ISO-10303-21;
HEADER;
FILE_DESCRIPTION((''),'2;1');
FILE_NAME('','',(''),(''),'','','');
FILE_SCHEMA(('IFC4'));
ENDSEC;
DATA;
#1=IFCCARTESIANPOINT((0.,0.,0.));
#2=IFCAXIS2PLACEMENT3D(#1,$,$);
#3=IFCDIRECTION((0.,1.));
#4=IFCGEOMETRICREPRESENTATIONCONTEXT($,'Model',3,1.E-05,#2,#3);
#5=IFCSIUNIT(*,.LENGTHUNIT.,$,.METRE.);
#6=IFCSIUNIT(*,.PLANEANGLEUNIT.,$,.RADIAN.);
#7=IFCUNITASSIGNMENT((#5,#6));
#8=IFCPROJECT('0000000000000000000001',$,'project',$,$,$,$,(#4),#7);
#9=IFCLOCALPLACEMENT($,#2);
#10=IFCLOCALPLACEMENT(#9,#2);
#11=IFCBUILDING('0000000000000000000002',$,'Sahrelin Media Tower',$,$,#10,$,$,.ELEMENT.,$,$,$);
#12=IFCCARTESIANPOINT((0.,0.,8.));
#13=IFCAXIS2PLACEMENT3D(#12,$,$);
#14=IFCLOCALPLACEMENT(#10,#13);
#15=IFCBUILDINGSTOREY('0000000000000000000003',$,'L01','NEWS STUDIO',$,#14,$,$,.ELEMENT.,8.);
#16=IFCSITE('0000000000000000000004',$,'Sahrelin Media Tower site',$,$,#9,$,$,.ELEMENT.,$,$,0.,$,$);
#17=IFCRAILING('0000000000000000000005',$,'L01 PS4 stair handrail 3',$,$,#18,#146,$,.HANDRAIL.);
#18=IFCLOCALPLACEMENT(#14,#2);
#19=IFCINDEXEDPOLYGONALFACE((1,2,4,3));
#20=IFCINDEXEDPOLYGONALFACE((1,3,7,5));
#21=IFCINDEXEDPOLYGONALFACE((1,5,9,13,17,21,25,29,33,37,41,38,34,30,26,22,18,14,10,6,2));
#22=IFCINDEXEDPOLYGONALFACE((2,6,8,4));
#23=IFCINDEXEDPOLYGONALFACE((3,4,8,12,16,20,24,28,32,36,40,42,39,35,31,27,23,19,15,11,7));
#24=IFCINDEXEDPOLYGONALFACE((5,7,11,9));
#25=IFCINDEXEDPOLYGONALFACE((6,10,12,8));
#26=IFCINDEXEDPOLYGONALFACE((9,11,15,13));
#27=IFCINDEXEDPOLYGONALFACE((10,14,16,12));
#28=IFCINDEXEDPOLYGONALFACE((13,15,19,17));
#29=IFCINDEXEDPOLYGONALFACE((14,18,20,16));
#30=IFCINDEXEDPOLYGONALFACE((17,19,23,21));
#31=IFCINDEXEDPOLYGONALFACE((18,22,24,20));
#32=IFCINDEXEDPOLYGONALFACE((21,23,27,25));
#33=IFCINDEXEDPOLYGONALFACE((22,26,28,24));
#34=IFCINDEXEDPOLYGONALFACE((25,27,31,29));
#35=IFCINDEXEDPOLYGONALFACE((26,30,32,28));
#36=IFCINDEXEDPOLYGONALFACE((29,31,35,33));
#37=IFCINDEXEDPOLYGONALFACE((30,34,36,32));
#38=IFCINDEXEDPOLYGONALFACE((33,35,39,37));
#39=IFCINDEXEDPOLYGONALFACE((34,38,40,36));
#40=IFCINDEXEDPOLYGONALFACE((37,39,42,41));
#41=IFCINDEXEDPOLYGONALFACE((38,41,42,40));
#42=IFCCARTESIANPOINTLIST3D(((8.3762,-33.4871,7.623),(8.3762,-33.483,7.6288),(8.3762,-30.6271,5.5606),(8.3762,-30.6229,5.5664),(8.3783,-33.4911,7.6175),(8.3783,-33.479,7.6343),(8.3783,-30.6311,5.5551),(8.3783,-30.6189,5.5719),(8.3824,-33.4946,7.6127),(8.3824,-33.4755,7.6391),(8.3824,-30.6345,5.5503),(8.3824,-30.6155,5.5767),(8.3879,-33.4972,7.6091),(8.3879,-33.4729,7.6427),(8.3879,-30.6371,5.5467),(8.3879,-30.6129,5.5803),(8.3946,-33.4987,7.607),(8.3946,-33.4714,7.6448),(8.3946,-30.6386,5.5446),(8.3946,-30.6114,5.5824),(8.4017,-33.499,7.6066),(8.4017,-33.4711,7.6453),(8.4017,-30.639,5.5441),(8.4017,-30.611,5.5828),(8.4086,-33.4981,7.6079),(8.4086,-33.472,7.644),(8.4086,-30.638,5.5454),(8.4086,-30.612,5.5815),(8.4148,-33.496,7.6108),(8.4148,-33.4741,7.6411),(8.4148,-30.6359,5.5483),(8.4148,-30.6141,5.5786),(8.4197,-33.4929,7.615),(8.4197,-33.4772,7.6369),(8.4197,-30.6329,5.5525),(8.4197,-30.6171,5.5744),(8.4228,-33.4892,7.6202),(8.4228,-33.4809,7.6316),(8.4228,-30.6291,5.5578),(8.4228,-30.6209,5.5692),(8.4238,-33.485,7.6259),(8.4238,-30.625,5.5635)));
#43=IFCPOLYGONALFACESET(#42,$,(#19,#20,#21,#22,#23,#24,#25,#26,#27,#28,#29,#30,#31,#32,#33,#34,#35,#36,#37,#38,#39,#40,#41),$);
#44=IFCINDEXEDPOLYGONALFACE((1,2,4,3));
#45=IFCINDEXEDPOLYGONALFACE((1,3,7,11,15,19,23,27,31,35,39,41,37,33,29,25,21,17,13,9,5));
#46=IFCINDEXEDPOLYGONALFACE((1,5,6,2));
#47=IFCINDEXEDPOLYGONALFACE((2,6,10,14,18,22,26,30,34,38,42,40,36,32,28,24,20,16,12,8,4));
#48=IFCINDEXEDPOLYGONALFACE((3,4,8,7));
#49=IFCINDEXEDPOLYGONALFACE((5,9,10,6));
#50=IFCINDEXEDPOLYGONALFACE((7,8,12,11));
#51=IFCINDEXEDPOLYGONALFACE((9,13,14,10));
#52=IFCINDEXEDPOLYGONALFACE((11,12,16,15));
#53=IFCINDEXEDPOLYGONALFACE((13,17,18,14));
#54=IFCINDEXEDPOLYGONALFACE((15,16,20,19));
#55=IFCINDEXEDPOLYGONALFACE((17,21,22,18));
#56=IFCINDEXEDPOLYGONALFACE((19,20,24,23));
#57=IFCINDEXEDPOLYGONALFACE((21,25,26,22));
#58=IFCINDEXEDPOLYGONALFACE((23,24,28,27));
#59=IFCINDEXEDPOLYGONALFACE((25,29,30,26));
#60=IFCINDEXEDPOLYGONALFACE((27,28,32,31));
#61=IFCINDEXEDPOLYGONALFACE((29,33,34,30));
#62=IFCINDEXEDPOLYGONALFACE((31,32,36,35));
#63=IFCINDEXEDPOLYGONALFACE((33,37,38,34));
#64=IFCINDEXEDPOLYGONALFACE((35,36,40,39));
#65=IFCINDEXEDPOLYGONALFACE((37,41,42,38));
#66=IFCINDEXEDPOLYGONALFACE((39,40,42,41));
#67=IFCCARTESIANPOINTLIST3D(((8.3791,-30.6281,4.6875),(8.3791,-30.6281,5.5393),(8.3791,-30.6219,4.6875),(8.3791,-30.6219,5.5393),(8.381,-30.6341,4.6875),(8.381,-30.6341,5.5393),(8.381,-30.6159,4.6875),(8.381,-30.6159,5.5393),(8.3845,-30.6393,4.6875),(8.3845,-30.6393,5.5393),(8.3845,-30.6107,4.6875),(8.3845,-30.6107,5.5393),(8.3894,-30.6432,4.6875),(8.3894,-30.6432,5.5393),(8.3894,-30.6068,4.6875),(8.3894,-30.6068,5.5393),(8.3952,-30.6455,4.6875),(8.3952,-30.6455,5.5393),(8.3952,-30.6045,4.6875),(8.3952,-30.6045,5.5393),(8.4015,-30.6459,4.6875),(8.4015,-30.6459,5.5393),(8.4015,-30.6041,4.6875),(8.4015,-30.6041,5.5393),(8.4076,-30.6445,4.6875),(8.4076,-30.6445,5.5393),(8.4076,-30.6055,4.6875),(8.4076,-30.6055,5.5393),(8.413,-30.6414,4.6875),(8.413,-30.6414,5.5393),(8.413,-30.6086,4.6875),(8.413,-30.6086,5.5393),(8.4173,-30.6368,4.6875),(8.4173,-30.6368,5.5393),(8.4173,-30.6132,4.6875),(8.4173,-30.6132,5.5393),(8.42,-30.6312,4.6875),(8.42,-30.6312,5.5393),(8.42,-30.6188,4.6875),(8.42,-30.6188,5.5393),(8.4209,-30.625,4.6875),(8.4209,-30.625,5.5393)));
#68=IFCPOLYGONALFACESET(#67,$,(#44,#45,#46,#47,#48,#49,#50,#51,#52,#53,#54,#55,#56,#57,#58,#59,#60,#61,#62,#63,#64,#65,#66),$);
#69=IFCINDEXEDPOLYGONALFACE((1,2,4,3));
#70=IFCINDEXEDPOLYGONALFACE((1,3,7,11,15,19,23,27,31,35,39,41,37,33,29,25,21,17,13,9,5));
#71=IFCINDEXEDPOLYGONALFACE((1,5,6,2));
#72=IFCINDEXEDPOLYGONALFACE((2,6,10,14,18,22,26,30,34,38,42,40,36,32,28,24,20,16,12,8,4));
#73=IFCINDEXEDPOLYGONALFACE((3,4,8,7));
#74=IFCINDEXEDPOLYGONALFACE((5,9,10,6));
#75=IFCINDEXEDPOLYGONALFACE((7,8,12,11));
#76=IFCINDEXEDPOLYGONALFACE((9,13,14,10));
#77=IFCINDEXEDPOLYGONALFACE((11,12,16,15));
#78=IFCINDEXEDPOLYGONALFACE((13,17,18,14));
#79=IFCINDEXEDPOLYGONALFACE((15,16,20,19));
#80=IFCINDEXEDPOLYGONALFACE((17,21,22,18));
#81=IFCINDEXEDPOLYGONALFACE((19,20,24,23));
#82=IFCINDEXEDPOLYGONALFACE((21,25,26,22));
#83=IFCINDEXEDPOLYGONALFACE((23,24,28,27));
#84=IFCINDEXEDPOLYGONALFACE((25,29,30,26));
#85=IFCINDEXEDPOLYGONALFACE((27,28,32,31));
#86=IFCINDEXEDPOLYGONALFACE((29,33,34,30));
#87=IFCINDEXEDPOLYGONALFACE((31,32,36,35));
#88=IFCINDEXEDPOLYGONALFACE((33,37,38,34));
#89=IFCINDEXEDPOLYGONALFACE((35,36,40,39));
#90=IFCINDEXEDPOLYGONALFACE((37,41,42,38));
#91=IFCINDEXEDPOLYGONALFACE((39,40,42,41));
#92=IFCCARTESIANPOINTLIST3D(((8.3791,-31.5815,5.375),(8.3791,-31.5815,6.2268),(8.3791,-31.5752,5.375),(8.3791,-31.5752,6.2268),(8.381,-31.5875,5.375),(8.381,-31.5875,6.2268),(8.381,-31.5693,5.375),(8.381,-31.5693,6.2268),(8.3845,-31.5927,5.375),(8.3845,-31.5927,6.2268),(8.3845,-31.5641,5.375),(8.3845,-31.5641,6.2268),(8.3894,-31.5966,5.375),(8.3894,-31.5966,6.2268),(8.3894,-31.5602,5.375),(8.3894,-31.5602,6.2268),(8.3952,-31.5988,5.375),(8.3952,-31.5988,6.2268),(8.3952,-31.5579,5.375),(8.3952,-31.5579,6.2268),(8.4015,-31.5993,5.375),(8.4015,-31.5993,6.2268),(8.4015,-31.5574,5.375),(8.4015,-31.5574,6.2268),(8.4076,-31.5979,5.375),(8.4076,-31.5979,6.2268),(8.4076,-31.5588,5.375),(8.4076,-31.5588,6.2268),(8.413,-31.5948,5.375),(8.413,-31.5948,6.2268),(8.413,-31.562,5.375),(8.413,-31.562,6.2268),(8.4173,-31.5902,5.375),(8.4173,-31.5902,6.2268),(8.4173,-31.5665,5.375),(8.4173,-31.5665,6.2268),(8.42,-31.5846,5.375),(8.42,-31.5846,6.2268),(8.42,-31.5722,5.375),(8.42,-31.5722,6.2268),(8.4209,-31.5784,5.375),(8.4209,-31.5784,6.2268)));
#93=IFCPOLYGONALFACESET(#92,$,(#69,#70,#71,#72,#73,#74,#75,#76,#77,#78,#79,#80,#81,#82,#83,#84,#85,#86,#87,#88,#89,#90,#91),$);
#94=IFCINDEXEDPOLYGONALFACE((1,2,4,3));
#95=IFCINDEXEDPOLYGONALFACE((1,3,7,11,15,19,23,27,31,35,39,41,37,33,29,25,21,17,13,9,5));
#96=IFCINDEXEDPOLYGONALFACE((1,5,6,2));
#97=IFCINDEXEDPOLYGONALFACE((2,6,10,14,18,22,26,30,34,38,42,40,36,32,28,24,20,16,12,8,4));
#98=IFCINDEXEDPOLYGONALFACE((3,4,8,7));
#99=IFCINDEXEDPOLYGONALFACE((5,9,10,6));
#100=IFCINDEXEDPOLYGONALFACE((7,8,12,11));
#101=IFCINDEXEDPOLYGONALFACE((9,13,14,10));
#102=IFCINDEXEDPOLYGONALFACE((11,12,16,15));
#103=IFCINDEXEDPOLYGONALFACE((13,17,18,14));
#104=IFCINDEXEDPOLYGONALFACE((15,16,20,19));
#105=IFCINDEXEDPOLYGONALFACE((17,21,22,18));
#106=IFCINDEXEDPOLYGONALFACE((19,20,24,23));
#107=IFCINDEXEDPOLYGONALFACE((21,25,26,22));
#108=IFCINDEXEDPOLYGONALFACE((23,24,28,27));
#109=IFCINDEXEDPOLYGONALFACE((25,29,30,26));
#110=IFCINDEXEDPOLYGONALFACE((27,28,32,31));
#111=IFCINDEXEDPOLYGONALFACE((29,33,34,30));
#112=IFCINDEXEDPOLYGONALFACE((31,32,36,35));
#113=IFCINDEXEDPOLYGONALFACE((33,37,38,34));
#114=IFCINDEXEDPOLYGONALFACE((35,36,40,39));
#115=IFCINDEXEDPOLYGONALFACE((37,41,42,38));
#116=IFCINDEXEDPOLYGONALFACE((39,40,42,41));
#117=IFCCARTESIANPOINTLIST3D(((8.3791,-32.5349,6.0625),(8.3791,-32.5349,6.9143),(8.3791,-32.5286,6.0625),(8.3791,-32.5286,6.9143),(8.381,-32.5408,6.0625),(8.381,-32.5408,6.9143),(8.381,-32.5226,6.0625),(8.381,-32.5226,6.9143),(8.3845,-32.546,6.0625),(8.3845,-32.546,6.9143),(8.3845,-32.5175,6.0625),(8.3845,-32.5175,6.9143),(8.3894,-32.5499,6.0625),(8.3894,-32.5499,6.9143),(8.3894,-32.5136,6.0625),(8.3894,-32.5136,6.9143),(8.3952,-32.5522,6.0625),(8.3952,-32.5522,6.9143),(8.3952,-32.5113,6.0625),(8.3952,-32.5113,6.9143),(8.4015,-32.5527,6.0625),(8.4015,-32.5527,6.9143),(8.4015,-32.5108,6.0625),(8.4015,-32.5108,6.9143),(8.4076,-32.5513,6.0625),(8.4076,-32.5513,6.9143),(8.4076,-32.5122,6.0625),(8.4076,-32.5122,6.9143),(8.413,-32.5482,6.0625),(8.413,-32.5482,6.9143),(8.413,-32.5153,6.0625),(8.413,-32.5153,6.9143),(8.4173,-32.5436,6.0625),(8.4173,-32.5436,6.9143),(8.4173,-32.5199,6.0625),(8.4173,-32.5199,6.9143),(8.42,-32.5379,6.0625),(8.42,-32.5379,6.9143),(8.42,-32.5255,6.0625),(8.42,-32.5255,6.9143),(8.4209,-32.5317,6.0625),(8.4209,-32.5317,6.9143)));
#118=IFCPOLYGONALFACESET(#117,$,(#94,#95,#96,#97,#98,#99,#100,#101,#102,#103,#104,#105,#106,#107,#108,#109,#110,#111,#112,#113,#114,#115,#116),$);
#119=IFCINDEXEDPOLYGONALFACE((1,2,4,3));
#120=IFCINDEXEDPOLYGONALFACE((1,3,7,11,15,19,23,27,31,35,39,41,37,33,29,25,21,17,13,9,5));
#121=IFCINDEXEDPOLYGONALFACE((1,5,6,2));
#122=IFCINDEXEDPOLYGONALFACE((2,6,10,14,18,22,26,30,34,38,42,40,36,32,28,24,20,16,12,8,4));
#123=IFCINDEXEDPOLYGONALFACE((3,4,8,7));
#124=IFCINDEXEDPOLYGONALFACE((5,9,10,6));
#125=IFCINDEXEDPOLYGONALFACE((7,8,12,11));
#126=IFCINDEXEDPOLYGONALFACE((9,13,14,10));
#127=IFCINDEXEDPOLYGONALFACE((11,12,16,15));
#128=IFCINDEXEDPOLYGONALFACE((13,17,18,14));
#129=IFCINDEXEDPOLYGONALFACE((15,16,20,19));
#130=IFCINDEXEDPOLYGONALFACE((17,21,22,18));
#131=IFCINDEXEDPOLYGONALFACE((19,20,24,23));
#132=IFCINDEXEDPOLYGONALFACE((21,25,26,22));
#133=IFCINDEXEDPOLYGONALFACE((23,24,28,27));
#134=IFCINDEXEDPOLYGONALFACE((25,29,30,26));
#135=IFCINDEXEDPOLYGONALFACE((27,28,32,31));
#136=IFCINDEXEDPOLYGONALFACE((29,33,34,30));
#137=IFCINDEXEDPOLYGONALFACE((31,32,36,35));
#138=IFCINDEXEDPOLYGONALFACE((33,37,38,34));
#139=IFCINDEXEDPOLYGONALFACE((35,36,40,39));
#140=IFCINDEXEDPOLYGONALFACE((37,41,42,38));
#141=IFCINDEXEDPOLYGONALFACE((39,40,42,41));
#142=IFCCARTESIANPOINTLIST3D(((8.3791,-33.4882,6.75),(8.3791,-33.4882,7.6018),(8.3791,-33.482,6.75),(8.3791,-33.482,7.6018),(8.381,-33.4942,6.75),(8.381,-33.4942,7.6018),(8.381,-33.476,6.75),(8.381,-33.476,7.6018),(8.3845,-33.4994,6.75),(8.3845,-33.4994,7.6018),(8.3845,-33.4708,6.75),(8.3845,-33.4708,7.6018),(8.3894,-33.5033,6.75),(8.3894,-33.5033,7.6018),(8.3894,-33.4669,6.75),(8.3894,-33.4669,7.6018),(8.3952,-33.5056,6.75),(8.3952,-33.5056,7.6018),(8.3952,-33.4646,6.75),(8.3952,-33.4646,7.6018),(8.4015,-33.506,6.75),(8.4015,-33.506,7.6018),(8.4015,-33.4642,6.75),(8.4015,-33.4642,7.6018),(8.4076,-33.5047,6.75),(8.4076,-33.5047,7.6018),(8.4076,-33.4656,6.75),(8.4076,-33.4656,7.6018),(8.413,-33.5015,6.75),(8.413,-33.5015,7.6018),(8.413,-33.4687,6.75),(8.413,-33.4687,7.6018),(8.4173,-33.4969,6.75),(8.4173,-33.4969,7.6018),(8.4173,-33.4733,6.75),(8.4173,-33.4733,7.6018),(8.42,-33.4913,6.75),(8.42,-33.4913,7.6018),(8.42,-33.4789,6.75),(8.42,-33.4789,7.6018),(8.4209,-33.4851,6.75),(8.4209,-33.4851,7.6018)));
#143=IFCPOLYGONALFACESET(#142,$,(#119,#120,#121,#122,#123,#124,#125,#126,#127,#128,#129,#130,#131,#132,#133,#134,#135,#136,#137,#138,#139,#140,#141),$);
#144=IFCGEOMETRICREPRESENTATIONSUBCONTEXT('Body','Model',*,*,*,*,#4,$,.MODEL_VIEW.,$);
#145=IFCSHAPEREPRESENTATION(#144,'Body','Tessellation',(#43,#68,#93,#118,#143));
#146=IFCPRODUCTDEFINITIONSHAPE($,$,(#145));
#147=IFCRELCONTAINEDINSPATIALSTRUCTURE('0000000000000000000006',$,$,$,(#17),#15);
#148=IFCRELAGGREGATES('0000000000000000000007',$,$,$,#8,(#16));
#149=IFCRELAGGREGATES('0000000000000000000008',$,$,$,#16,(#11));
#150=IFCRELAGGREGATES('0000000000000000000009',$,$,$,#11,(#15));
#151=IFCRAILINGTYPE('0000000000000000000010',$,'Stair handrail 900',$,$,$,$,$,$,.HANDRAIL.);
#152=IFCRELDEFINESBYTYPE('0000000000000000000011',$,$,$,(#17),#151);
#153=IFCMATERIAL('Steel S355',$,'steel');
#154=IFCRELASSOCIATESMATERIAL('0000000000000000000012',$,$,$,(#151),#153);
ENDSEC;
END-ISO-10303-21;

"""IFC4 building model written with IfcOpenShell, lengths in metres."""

from ifc_helpers import new_model, si_unit, direction, frame, origin, origin_2d, place, context, subcontext, project, spatial, circle, extrude, material, type_object, element, save


model = new_model("IFC4")

# Units and contexts
model_context = context("Model", 3, precision=1e-05, world=origin(), true_north=direction((0.0, 1.0)))
body_context = subcontext(model_context, "Body", "Model", "MODEL_VIEW")
ifc_project = project(units=[si_unit("LENGTHUNIT", "METRE"), si_unit("PLANEANGLEUNIT", "RADIAN")], contexts=[model_context])

# Site, building, storey
site_placement = place(None, origin())
site = spatial("IfcSite", under=ifc_project, at=site_placement, Name="Sahrelin Media Tower site", CompositionType="ELEMENT", RefElevation=0.0)
building_placement = place(site_placement, origin())
building = spatial("IfcBuilding", under=site, at=building_placement, Name="Sahrelin Media Tower", CompositionType="ELEMENT")
storey_placement = place(building_placement, frame((0.0, 0.0, 8.0)))
storey = spatial("IfcBuildingStorey", under=building, at=storey_placement, Name="L01", Description="NEWS STUDIO", CompositionType="ELEMENT", Elevation=8.0)

# Shared definitions
ifc_material_1 = material(Name="Steel S355", Category="steel")

# Railing
railing_type_1 = type_object("IfcRailingType", Name="Stair handrail 900", PredefinedType="HANDRAIL", material=ifc_material_1)
for number, where, name in (
    (1, (8.3999, -30.625, 4.6875), "L01 PS4 stair handrail 3"),
):
    element("IfcRailing", number, at=place(storey_placement, frame(where)), inside=storey, type_object=railing_type_1, Name=name, PredefinedType="HANDRAIL", context=body_context, shape_type="SweptSolid", body=[
        extrude(circle(Radius=0.0239, at=origin_2d()), frame((0.0, 0.0, 0.876), z_axis=(0.0, -0.811101, 0.584906), x_axis=(1.0, 0.0, 0.0)), (0.0, 0.0, 1.0), 3.5261),
        extrude(circle(Radius=0.021, at=origin_2d()), origin(), (0.0, 0.0, 1.0), 0.8518),
        extrude(circle(Radius=0.021, at=origin_2d()), frame((0.0, -0.9534, 0.6875)), (0.0, 0.0, 1.0), 0.8518),
        extrude(circle(Radius=0.021, at=origin_2d()), frame((0.0, -1.9067, 1.375)), (0.0, 0.0, 1.0), 0.8518),
        extrude(circle(Radius=0.021, at=origin_2d()), frame((0.0, -2.8601, 2.0625)), (0.0, 0.0, 1.0), 0.8518),
    ])

save(model, "model.ifc")
